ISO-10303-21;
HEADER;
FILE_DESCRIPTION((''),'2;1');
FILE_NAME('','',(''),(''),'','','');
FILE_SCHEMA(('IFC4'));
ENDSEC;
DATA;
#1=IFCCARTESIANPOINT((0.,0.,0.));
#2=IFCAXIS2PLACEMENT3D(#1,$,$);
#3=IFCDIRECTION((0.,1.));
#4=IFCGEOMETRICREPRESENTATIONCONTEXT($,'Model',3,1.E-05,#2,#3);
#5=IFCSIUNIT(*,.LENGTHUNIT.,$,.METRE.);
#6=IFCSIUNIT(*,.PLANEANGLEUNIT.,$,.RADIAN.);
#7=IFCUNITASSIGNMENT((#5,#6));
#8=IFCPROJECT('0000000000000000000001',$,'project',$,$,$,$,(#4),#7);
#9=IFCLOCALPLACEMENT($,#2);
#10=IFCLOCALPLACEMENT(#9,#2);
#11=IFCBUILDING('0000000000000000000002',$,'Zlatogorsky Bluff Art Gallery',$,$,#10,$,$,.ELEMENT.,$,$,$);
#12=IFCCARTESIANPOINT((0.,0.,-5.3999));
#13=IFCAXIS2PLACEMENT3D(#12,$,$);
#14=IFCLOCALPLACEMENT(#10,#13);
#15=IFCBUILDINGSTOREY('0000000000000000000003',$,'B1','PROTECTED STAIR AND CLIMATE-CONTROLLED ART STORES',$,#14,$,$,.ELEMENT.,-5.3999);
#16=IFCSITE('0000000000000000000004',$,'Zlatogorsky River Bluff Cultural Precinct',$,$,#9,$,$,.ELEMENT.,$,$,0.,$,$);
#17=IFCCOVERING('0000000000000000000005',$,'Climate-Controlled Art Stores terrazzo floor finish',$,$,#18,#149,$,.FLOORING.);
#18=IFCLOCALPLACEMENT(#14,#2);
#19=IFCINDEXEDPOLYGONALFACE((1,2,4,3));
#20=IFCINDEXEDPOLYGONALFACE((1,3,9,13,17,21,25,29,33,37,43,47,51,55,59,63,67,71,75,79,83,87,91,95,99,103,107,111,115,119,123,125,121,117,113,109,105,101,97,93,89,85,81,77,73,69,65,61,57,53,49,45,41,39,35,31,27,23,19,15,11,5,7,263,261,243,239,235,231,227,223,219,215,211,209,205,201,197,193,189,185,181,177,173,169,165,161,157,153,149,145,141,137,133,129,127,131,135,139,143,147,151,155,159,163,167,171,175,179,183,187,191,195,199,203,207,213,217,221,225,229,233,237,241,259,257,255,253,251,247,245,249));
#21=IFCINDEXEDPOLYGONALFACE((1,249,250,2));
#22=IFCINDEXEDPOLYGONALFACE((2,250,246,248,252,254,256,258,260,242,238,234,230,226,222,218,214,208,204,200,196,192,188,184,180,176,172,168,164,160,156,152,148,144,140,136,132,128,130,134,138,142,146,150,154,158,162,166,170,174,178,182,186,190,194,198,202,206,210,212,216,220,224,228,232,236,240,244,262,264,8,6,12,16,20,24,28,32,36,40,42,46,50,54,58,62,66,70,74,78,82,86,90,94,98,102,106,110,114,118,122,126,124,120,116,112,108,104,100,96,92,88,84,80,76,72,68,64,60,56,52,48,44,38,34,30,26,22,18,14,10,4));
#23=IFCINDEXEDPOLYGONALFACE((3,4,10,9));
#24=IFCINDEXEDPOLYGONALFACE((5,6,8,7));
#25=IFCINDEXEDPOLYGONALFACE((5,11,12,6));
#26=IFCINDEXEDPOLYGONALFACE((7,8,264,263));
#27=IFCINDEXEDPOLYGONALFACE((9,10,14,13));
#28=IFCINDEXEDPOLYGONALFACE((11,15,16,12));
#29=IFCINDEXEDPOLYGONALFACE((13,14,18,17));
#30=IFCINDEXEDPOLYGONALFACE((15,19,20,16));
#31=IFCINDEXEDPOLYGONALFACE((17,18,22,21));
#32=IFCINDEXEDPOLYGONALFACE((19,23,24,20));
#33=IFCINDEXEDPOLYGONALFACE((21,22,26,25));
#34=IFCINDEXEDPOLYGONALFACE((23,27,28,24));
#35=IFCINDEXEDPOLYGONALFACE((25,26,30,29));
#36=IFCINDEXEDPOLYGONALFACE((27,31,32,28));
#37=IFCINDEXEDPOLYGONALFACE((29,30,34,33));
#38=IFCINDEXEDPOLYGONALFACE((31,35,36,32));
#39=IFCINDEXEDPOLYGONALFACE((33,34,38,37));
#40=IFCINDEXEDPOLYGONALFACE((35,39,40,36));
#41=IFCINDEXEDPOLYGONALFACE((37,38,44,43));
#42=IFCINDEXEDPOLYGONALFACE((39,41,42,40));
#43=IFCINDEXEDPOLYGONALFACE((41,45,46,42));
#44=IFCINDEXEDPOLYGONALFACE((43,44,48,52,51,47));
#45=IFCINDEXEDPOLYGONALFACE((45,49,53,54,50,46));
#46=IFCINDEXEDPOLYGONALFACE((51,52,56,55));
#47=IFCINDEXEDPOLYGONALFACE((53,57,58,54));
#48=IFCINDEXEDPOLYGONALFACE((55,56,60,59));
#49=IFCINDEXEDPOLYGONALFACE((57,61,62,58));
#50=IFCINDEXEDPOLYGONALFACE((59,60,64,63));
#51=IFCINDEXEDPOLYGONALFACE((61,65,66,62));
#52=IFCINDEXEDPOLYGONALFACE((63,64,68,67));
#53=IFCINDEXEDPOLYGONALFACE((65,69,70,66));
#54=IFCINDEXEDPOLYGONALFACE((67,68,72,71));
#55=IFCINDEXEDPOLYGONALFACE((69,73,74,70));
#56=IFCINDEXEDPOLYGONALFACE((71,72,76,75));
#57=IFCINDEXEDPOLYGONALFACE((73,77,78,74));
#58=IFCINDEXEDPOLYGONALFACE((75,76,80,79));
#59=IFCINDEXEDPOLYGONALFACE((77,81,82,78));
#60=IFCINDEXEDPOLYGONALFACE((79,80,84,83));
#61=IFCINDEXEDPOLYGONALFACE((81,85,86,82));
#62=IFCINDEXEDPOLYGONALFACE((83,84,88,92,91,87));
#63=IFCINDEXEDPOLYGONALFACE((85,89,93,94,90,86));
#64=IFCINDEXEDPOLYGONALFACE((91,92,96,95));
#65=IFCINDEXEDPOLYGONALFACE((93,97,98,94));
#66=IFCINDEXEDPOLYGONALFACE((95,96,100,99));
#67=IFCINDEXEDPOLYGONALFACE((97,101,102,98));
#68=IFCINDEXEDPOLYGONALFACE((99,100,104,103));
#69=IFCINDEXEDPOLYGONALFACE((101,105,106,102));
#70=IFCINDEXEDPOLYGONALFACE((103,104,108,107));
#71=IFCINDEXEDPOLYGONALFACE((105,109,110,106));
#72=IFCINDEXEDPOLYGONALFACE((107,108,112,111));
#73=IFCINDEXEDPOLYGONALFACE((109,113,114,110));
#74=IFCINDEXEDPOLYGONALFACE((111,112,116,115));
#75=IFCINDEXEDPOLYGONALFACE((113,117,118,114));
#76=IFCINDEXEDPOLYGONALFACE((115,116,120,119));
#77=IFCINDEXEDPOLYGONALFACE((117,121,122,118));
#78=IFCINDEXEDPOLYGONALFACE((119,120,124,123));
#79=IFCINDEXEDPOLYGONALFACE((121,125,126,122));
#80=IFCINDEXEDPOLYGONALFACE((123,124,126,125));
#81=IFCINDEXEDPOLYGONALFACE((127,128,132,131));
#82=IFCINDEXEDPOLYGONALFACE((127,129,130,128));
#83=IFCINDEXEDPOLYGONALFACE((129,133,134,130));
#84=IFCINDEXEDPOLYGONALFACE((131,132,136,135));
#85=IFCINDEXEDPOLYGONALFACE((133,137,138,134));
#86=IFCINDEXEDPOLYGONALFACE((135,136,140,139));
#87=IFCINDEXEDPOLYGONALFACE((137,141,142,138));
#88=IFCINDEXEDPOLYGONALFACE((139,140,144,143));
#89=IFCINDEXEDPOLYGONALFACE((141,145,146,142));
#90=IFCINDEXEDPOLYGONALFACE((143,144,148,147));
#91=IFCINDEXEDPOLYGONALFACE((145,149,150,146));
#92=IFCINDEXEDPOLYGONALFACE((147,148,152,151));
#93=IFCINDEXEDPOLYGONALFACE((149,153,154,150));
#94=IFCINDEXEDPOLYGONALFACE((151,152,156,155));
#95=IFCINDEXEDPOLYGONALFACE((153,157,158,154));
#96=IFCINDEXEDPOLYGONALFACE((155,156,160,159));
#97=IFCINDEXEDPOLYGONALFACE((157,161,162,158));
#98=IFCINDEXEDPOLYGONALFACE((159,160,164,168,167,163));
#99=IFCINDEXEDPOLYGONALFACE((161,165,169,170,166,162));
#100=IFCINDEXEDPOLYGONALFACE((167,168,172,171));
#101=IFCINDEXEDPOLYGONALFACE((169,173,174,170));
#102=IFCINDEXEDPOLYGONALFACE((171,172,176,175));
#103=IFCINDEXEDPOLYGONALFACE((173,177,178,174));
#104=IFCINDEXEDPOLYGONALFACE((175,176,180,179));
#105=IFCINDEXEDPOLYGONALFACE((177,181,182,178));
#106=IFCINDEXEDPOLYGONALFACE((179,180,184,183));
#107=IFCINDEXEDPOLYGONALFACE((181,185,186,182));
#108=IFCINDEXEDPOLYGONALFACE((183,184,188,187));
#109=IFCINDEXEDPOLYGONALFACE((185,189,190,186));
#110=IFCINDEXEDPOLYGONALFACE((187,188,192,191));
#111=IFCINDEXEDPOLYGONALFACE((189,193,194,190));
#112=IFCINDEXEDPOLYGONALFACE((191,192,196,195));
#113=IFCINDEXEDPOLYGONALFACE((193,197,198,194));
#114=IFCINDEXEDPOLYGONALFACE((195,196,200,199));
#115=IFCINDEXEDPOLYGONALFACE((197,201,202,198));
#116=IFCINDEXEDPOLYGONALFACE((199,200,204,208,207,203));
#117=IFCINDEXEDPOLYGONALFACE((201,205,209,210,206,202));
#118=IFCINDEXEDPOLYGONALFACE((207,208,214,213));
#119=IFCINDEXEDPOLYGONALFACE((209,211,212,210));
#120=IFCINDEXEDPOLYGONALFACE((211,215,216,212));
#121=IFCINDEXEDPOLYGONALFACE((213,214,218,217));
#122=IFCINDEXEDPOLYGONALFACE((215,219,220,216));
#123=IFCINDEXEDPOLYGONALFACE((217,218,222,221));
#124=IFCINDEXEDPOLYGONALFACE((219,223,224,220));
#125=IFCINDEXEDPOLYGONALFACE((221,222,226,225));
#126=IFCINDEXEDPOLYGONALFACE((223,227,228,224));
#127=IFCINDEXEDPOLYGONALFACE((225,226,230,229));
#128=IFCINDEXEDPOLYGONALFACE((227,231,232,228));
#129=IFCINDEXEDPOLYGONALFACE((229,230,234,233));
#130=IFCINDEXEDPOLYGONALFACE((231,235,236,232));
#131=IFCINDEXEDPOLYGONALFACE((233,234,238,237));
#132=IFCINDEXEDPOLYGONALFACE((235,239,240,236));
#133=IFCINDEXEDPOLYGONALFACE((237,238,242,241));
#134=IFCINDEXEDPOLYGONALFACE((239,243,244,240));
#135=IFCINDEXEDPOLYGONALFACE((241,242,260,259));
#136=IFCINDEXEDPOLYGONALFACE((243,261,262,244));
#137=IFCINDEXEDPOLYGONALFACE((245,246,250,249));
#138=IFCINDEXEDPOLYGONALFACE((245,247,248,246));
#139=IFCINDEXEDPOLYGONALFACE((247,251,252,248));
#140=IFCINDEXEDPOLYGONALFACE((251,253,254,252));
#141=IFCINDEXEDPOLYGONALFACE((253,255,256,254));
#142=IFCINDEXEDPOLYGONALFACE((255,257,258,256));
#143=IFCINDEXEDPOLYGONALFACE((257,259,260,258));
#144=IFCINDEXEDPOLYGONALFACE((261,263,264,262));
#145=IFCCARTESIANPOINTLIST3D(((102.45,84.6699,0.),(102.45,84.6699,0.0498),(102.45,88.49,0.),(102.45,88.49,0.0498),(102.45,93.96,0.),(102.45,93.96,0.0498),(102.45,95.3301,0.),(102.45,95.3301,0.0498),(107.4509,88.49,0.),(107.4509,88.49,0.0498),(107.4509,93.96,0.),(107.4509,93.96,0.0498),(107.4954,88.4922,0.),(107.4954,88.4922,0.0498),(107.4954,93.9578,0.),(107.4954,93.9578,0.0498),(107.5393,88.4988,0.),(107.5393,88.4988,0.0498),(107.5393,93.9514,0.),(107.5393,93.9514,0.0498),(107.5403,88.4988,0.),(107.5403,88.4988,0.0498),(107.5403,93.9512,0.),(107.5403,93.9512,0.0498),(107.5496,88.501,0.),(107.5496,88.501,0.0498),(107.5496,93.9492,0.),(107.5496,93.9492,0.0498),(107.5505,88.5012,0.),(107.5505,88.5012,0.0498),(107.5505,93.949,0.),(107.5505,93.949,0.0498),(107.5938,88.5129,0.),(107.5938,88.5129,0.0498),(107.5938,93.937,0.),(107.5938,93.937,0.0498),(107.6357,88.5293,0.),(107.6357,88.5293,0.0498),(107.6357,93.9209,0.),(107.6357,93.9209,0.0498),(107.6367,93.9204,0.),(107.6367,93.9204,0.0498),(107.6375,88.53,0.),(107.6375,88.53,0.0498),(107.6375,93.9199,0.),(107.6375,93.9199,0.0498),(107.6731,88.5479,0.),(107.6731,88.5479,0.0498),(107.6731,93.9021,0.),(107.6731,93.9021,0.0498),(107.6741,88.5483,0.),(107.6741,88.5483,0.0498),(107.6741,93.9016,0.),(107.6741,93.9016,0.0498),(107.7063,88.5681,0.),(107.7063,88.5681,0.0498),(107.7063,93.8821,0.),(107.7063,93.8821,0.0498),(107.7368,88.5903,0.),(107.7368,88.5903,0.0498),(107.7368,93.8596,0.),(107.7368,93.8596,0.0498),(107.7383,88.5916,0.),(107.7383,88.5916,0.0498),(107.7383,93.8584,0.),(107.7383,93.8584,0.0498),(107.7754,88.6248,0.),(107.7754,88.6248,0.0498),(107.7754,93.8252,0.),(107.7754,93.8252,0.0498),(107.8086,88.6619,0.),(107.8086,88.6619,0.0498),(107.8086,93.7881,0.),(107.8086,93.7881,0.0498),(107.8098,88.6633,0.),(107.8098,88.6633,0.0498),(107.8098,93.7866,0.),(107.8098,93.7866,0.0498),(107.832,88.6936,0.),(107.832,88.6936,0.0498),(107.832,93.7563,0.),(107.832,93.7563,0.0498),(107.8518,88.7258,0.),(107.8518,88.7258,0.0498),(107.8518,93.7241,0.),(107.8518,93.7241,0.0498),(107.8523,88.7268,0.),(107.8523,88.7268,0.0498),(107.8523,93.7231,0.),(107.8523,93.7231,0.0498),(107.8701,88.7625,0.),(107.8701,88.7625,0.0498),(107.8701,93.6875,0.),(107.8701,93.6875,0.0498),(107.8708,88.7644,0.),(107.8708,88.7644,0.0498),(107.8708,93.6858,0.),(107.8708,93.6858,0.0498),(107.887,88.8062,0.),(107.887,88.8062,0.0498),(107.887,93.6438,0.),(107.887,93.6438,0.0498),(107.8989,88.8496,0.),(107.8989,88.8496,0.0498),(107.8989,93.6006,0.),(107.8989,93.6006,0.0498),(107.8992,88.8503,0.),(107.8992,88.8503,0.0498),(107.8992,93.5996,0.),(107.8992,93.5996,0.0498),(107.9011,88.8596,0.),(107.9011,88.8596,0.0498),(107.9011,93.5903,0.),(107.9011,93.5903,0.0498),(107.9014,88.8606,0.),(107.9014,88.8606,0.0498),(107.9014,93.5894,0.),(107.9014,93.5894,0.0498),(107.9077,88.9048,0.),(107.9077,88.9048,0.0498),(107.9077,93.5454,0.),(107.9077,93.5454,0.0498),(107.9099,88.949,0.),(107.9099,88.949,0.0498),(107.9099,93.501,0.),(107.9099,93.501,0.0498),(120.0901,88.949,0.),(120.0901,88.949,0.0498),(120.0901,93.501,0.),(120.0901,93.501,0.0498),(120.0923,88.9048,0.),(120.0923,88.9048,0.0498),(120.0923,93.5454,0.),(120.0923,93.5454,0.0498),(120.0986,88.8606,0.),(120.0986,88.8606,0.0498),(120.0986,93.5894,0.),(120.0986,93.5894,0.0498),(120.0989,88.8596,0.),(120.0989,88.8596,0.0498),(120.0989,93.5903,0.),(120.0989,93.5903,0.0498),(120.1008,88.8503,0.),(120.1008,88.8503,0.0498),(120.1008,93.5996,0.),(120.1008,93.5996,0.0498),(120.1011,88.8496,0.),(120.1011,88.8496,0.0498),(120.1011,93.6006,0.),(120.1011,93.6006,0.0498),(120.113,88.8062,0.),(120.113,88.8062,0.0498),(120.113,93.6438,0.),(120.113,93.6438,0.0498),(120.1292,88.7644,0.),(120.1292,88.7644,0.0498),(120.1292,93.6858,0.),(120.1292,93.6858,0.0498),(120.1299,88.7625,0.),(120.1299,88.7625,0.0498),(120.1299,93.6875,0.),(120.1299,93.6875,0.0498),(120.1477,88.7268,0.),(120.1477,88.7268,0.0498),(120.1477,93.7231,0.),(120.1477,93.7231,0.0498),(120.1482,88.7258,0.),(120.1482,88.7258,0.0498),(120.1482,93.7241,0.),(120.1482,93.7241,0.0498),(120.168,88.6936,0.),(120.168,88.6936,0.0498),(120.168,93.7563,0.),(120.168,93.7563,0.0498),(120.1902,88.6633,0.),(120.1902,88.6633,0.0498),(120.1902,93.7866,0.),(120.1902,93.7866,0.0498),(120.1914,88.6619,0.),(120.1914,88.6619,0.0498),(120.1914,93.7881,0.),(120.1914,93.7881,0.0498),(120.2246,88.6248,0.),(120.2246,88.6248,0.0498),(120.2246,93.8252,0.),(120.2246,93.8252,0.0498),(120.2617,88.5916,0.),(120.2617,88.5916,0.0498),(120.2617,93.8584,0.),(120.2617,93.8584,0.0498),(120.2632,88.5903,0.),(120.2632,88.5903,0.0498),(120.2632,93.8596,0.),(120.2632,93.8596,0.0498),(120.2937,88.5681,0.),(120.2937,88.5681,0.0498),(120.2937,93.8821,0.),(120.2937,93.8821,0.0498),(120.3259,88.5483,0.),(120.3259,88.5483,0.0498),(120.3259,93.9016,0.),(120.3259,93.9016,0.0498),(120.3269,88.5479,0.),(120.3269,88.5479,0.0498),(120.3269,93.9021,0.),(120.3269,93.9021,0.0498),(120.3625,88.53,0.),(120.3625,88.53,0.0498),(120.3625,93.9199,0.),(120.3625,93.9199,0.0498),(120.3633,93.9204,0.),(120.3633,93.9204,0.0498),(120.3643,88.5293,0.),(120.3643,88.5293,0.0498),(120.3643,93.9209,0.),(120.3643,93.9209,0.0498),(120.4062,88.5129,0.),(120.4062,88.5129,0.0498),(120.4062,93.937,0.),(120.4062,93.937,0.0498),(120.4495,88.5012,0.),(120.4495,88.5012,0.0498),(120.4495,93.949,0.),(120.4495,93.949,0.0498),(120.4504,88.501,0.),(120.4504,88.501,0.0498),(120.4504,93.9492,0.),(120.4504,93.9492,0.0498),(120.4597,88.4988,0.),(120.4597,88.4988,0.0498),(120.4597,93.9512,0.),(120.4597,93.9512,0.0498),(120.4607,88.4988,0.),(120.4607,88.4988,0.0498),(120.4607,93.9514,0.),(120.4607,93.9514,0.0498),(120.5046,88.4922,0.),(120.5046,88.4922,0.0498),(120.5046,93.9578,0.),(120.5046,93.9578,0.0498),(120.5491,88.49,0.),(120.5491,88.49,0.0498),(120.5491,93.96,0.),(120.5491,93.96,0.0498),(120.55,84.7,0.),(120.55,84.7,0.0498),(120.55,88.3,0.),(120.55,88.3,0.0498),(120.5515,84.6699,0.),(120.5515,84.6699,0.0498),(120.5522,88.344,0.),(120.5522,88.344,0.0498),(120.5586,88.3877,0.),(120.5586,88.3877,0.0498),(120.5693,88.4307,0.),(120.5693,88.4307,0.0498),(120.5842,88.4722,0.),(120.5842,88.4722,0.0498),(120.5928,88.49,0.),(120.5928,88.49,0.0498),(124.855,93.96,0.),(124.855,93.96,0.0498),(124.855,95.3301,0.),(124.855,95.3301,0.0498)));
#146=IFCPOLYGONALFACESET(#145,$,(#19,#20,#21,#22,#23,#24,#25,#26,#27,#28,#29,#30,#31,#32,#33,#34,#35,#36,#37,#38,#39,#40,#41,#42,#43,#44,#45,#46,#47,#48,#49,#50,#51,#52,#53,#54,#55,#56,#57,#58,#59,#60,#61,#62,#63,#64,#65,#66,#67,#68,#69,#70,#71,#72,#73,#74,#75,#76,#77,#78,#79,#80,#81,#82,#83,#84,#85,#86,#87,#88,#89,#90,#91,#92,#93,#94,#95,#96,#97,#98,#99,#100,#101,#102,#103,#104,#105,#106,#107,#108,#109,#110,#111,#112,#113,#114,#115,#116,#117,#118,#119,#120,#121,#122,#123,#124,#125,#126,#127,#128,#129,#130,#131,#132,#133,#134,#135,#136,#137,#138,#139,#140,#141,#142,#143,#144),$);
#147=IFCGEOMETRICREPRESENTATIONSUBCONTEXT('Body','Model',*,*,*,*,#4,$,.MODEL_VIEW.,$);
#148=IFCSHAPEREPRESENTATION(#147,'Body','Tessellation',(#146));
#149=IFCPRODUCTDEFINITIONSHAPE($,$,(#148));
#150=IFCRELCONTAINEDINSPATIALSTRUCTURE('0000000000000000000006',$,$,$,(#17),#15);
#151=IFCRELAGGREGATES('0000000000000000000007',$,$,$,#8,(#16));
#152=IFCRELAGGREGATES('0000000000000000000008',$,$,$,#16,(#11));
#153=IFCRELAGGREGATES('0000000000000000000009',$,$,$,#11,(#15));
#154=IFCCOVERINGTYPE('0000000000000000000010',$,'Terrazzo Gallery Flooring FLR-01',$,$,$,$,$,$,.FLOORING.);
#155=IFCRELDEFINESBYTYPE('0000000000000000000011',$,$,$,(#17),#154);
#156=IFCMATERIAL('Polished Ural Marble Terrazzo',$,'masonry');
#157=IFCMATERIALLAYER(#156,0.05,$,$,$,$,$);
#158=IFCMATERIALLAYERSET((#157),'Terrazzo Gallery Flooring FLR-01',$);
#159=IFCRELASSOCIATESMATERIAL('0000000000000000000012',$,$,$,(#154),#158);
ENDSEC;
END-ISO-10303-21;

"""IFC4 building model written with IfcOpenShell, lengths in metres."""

from ifc_helpers import new_model, si_unit, direction, frame, origin, place, context, subcontext, project, spatial, polyline, outline, extrude, material, layer, layer_set, type_object, element, save


model = new_model("IFC4")

# Units and contexts
model_context = context("Model", 3, precision=1e-05, world=origin(), true_north=direction((0.0, 1.0)))
body_context = subcontext(model_context, "Body", "Model", "MODEL_VIEW")
ifc_project = project(units=[si_unit("LENGTHUNIT", "METRE"), si_unit("PLANEANGLEUNIT", "RADIAN")], contexts=[model_context])

# Site, building, storey
site_placement = place(None, origin())
site = spatial("IfcSite", under=ifc_project, at=site_placement, Name="Zlatogorsky River Bluff Cultural Precinct", CompositionType="ELEMENT", RefElevation=0.0)
building_placement = place(site_placement, origin())
building = spatial("IfcBuilding", under=site, at=building_placement, Name="Zlatogorsky Bluff Art Gallery", CompositionType="ELEMENT")
storey_placement = place(building_placement, frame((0.0, 0.0, -5.3999)))
storey = spatial("IfcBuildingStorey", under=building, at=storey_placement, Name="B1", Description="PROTECTED STAIR AND CLIMATE-CONTROLLED ART STORES", CompositionType="ELEMENT", Elevation=-5.3999)

# Covering
ifc_material_1 = material(Name="Polished Ural Marble Terrazzo", Category="masonry")
ifc_layer_1 = layer(ifc_material_1, 0.05)
ifc_layer_set_1 = layer_set([ifc_layer_1], Name="Terrazzo Gallery Flooring FLR-01")
covering_type_1 = type_object("IfcCoveringType", Name="Terrazzo Gallery Flooring FLR-01", PredefinedType="FLOORING", material=ifc_layer_set_1)
covering_1_placement = place(storey_placement, origin())
element("IfcCovering", 1, at=covering_1_placement, inside=storey, type_object=covering_type_1, Name="Climate-Controlled Art Stores terrazzo floor finish", PredefinedType="FLOORING", context=body_context, shape_type="SweptSolid", body=[
    extrude(outline(polyline([(102.45, 84.6699), (102.45, 88.49), (107.4509, 88.49), (107.4954, 88.4922), (107.5393, 88.4988), (107.5403, 88.4988), (107.5496, 88.501), (107.5505, 88.5012), (107.5938, 88.5129), (107.6357, 88.5293), (107.6375, 88.53), (107.6731, 88.5479), (107.6741, 88.5483), (107.7063, 88.5681), (107.7368, 88.5903), (107.7383, 88.5916), (107.7754, 88.6248), (107.8086, 88.6619), (107.8098, 88.6633), (107.832, 88.6936), (107.8518, 88.7258), (107.8523, 88.7268), (107.8701, 88.7625), (107.8708, 88.7644), (107.887, 88.8062), (107.8989, 88.8496), (107.8992, 88.8503), (107.9011, 88.8596), (107.9014, 88.8606), (107.9077, 88.9048), (107.9099, 88.949), (107.9099, 93.501), (107.9077, 93.5454), (107.9014, 93.5894), (107.9011, 93.5903), (107.8992, 93.5996), (107.8989, 93.6006), (107.887, 93.6438), (107.8708, 93.6858), (107.8701, 93.6875), (107.8523, 93.7231), (107.8518, 93.7241), (107.832, 93.7563), (107.8098, 93.7866), (107.8086, 93.7881), (107.7754, 93.8252), (107.7383, 93.8584), (107.7368, 93.8596), (107.7063, 93.8821), (107.6741, 93.9016), (107.6731, 93.9021), (107.6375, 93.9199), (107.6367, 93.9204), (107.6357, 93.9209), (107.5938, 93.937), (107.5505, 93.949), (107.5496, 93.9492), (107.5403, 93.9512), (107.5393, 93.9514), (107.4954, 93.9578), (107.4509, 93.96), (102.45, 93.96), (102.45, 95.3301), (124.855, 95.3301), (124.855, 93.96), (120.5491, 93.96), (120.5046, 93.9578), (120.4607, 93.9514), (120.4597, 93.9512), (120.4504, 93.9492), (120.4495, 93.949), (120.4062, 93.937), (120.3643, 93.9209), (120.3633, 93.9204), (120.3625, 93.9199), (120.3269, 93.9021), (120.3259, 93.9016), (120.2937, 93.8821), (120.2632, 93.8596), (120.2617, 93.8584), (120.2246, 93.8252), (120.1914, 93.7881), (120.1902, 93.7866), (120.168, 93.7563), (120.1482, 93.7241), (120.1477, 93.7231), (120.1299, 93.6875), (120.1292, 93.6858), (120.113, 93.6438), (120.1011, 93.6006), (120.1008, 93.5996), (120.0989, 93.5903), (120.0986, 93.5894), (120.0923, 93.5454), (120.0901, 93.501), (120.0901, 88.949), (120.0923, 88.9048), (120.0986, 88.8606), (120.0989, 88.8596), (120.1008, 88.8503), (120.1011, 88.8496), (120.113, 88.8062), (120.1292, 88.7644), (120.1299, 88.7625), (120.1477, 88.7268), (120.1482, 88.7258), (120.168, 88.6936), (120.1902, 88.6633), (120.1914, 88.6619), (120.2246, 88.6248), (120.2617, 88.5916), (120.2632, 88.5903), (120.2937, 88.5681), (120.3259, 88.5483), (120.3269, 88.5479), (120.3625, 88.53), (120.3643, 88.5293), (120.4062, 88.5129), (120.4495, 88.5012), (120.4504, 88.501), (120.4597, 88.4988), (120.4607, 88.4988), (120.5046, 88.4922), (120.5491, 88.49), (120.5928, 88.49), (120.5842, 88.4722), (120.5693, 88.4307), (120.5586, 88.3877), (120.5522, 88.344), (120.55, 88.3), (120.55, 84.7), (120.5515, 84.6699), (102.45, 84.6699)])), origin(), (0.0, 0.0, 1.0), 0.0498),
])

save(model, "model.ifc")
